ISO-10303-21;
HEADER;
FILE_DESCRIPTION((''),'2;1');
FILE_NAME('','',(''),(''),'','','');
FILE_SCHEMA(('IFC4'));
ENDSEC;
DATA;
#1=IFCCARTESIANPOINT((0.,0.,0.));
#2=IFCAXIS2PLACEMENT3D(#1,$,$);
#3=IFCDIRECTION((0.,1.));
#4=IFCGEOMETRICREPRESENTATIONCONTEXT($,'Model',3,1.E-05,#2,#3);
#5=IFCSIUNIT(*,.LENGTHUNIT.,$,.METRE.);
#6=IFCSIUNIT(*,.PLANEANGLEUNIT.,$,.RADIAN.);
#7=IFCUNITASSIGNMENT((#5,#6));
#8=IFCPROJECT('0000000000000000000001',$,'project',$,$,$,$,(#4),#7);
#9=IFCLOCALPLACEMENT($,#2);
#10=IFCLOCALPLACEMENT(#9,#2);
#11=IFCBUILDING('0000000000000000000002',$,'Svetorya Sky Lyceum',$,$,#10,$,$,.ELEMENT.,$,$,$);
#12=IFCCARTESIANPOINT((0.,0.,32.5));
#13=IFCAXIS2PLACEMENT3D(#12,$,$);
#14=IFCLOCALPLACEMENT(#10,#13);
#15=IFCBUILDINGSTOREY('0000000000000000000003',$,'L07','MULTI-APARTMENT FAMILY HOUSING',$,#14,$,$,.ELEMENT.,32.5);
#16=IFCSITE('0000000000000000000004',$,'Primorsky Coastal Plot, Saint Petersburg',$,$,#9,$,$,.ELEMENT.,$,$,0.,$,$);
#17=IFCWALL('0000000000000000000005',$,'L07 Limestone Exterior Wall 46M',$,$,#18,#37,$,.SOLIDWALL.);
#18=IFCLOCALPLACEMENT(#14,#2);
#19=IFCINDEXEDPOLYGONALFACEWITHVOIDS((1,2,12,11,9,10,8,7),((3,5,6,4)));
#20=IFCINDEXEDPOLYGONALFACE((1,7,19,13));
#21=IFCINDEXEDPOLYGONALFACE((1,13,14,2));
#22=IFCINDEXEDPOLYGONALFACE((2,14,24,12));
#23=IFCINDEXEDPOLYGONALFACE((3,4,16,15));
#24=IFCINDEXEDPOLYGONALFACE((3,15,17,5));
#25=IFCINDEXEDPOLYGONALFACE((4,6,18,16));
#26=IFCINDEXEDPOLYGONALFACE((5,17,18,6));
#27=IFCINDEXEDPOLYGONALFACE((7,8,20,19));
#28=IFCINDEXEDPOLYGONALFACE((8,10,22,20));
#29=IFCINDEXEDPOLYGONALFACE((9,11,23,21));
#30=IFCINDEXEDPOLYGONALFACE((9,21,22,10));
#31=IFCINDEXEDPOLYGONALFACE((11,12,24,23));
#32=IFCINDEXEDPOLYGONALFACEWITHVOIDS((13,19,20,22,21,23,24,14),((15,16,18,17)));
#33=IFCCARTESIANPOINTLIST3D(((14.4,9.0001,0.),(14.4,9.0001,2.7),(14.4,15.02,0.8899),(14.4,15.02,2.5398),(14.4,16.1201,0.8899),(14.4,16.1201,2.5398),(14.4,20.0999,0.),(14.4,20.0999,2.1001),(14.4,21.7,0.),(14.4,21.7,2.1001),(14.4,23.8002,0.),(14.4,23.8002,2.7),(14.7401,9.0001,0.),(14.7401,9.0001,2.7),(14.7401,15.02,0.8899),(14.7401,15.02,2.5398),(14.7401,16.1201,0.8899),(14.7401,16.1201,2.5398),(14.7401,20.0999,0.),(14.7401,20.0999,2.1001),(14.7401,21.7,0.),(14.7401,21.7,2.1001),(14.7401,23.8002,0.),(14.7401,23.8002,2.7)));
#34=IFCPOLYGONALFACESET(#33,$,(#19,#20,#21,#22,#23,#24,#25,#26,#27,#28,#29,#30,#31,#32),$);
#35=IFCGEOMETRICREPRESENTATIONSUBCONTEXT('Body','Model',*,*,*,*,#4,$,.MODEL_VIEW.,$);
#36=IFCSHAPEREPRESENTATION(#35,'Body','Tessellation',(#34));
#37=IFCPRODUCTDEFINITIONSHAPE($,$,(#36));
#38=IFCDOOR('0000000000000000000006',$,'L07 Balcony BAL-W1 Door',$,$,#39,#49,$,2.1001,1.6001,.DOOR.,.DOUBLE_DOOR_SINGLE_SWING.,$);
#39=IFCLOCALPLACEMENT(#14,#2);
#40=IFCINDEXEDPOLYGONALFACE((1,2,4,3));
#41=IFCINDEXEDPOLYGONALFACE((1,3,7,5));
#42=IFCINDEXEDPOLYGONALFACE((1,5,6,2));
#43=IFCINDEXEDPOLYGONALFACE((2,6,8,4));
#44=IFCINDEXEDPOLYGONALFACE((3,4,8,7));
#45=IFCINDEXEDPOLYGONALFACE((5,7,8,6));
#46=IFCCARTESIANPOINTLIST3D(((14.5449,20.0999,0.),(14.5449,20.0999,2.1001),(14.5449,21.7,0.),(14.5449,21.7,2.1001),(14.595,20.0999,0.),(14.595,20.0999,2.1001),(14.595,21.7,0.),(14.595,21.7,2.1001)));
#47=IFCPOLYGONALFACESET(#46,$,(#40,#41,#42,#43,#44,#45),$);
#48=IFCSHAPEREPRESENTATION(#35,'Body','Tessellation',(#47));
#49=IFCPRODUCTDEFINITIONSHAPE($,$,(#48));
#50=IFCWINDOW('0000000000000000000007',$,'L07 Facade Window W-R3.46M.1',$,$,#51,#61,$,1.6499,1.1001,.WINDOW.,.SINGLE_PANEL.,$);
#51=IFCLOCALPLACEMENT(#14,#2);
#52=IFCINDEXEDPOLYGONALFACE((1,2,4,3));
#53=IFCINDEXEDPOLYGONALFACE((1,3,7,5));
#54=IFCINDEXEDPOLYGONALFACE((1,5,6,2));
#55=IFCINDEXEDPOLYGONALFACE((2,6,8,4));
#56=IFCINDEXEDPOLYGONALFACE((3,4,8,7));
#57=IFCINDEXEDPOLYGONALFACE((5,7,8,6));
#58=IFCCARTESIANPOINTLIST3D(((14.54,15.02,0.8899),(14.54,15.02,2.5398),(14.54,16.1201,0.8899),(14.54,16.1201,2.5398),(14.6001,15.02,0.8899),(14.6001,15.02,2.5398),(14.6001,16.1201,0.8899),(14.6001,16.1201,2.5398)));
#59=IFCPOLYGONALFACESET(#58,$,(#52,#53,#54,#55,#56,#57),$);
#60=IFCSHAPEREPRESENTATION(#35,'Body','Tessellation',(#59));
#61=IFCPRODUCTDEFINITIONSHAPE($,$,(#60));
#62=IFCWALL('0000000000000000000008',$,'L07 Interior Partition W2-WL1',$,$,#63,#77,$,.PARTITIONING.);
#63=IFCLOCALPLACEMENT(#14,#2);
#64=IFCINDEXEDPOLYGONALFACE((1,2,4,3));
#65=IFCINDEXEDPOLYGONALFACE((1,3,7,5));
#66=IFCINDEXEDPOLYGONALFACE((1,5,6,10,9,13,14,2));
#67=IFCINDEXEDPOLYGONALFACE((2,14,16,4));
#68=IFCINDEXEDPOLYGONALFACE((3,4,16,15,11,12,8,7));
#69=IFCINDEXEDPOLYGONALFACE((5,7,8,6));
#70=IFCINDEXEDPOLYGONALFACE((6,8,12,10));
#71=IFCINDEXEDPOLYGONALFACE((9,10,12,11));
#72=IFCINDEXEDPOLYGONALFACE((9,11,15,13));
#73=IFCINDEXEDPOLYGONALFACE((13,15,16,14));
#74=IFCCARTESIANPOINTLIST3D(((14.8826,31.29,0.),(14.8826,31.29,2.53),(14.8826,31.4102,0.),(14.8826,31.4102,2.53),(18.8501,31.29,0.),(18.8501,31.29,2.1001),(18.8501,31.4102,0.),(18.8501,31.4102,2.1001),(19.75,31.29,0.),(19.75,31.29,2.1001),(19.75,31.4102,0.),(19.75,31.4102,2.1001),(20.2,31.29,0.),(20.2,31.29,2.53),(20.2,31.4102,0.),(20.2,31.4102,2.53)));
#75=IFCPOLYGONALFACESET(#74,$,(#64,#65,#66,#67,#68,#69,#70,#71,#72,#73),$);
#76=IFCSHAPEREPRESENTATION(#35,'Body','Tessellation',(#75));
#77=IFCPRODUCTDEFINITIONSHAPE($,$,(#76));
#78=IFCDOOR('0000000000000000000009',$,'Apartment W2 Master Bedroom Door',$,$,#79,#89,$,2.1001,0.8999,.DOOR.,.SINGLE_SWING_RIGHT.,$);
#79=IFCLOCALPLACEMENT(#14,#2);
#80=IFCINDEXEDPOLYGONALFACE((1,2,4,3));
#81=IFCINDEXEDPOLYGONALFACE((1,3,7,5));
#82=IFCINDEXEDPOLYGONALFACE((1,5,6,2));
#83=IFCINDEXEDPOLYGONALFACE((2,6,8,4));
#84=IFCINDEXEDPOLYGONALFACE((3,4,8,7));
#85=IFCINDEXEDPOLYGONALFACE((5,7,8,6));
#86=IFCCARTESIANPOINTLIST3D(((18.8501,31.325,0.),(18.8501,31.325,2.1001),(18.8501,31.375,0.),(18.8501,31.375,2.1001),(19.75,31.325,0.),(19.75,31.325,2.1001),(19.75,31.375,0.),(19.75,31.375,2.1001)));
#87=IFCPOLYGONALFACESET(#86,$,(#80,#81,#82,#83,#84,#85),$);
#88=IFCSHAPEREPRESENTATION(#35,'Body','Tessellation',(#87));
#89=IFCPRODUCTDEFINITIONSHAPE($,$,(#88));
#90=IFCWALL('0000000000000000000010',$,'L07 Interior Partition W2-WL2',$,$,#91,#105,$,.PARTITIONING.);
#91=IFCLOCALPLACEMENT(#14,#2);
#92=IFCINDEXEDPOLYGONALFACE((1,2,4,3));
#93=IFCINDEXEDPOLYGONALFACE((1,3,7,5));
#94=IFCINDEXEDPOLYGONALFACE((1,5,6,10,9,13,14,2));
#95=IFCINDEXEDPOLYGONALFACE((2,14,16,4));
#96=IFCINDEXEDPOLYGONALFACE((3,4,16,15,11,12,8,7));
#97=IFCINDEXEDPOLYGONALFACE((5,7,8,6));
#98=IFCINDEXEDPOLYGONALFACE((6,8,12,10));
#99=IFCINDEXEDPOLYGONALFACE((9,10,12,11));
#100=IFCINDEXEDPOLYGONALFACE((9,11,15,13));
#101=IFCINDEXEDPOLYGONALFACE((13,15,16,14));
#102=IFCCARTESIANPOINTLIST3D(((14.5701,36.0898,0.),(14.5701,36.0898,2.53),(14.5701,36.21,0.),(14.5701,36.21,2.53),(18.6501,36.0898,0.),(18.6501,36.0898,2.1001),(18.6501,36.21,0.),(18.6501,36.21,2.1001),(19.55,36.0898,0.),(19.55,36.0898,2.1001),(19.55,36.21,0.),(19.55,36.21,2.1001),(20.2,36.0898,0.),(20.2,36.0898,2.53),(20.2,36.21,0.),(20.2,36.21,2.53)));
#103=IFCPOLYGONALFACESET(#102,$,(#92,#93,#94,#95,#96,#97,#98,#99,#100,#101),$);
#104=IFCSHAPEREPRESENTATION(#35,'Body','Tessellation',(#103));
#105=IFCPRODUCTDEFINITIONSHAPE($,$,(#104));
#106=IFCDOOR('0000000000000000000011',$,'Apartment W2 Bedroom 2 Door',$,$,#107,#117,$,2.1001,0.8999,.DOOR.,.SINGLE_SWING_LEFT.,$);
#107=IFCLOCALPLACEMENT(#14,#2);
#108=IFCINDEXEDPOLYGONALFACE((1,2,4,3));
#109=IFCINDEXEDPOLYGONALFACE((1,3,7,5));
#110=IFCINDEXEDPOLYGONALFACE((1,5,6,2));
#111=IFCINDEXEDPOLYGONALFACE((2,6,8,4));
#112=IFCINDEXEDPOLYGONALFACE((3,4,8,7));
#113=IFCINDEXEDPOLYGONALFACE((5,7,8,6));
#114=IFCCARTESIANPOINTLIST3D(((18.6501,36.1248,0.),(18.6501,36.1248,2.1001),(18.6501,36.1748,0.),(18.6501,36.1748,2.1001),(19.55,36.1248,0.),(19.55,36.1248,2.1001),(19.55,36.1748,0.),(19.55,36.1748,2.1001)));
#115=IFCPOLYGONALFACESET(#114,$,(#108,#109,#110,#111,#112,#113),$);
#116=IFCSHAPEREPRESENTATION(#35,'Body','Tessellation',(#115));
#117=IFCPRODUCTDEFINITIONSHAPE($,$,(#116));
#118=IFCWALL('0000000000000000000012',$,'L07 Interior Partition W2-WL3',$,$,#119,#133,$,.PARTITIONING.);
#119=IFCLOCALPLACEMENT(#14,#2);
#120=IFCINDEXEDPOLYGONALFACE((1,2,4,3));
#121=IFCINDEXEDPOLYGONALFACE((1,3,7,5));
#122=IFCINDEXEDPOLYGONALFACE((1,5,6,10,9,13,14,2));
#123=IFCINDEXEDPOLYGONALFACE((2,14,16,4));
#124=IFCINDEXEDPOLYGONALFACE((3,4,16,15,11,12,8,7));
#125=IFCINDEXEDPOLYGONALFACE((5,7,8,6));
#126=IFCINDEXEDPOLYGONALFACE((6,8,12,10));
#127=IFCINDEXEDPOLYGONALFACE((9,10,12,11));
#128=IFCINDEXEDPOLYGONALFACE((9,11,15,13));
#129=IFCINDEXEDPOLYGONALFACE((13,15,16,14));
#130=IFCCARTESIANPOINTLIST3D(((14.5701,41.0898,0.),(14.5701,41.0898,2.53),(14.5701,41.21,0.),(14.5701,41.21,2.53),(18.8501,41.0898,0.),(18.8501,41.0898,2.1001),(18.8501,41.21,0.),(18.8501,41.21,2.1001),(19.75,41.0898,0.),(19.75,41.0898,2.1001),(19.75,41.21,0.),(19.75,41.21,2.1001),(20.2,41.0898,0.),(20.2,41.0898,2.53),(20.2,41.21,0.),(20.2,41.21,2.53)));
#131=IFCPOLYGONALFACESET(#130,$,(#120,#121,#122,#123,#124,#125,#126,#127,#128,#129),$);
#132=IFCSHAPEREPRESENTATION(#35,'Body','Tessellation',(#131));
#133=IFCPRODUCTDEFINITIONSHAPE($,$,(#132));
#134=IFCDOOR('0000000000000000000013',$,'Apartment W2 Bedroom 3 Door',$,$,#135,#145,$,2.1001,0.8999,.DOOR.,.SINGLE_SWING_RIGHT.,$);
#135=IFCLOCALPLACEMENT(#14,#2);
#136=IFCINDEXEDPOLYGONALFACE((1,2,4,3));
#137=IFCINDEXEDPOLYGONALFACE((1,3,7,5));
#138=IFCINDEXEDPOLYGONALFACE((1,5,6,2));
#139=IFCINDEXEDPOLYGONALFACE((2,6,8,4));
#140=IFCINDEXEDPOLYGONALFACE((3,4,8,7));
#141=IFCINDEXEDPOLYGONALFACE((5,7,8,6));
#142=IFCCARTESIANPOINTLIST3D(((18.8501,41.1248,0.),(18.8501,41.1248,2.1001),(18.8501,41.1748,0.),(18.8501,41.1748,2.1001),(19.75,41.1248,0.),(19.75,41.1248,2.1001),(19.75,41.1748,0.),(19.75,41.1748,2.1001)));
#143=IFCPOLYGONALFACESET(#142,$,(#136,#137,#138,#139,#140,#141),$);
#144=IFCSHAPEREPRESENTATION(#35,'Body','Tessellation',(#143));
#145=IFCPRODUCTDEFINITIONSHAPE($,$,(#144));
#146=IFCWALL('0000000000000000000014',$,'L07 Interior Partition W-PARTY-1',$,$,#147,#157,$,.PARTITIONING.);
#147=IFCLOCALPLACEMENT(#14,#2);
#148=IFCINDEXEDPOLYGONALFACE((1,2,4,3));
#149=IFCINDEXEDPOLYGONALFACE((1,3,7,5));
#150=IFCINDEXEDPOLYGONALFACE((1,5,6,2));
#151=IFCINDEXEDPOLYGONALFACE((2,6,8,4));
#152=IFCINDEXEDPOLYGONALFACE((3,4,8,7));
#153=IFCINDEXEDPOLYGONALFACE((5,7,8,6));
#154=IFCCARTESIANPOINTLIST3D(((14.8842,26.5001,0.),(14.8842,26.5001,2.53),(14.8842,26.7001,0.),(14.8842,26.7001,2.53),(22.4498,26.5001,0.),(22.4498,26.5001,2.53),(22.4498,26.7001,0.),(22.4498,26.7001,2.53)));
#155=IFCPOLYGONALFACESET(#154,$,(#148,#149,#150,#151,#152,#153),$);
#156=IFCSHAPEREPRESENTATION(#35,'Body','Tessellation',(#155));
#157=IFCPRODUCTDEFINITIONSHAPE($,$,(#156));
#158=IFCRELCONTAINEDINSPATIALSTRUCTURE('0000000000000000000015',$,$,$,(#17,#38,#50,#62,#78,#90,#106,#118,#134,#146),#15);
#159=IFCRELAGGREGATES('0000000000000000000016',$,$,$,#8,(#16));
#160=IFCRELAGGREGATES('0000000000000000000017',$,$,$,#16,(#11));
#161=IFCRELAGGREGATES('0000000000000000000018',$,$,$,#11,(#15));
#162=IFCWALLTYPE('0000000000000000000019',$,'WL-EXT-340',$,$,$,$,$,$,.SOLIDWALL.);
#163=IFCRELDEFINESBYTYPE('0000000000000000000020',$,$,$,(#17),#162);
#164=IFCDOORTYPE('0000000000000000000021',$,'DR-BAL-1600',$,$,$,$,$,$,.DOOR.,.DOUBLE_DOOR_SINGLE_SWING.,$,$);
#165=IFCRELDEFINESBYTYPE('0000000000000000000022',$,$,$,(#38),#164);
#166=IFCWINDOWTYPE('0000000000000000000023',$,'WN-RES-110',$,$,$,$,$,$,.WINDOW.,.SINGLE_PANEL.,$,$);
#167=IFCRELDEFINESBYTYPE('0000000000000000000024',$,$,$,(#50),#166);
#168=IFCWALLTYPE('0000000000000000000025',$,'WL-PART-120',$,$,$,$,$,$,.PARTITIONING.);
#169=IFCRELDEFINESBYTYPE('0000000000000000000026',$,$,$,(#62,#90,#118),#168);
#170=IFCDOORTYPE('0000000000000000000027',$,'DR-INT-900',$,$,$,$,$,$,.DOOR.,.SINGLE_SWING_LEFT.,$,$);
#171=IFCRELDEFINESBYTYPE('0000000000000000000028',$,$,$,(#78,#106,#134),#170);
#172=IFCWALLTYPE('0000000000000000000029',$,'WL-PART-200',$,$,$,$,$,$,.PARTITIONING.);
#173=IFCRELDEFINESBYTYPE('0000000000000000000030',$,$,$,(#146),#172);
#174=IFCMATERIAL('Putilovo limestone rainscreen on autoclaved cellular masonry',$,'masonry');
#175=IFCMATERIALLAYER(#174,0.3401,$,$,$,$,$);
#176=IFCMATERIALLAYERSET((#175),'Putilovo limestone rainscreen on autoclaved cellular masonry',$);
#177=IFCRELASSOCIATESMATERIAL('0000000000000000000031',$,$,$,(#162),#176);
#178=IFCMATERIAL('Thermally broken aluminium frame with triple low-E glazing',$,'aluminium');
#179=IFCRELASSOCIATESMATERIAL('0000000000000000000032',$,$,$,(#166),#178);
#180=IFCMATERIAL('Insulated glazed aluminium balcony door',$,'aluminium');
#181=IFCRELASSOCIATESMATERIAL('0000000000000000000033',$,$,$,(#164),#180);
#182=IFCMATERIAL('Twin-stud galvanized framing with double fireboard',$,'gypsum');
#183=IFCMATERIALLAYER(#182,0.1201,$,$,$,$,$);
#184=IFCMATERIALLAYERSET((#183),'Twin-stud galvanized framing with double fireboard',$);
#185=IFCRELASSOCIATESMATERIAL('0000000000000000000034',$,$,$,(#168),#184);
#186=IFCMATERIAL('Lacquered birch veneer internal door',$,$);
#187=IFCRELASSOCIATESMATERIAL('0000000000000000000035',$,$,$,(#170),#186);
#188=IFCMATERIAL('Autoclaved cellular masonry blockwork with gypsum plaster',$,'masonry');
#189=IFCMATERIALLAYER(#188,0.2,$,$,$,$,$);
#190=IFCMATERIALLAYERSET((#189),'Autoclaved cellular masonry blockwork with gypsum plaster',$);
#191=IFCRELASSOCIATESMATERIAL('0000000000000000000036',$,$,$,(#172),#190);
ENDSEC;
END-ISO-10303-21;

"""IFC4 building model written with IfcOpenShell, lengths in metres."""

from ifc_helpers import new_model, si_unit, direction, frame, frame_2d, origin, place, context, subcontext, project, spatial, rectangle, extrude, material, layer, layer_set, type_object, element, fill, save


model = new_model("IFC4")

# Units and contexts
model_context = context("Model", 3, precision=1e-05, world=origin(), true_north=direction((0.0, 1.0)))
body_context = subcontext(model_context, "Body", "Model", "MODEL_VIEW")
ifc_project = project(units=[si_unit("LENGTHUNIT", "METRE"), si_unit("PLANEANGLEUNIT", "RADIAN")], contexts=[model_context])

# Site, building, storey
site_placement = place(None, origin())
site = spatial("IfcSite", under=ifc_project, at=site_placement, Name="Primorsky Coastal Plot, Saint Petersburg", CompositionType="ELEMENT", RefElevation=0.0)
building_placement = place(site_placement, origin())
building = spatial("IfcBuilding", under=site, at=building_placement, Name="Svetorya Sky Lyceum", CompositionType="ELEMENT")
storey_placement = place(building_placement, frame((0.0, 0.0, 32.5)))
storey = spatial("IfcBuildingStorey", under=building, at=storey_placement, Name="L07", Description="MULTI-APARTMENT FAMILY HOUSING", CompositionType="ELEMENT", Elevation=32.5)

# Shared definitions
ifc_material_1 = material(Name="Putilovo limestone rainscreen on autoclaved cellular masonry", Category="masonry")
ifc_layer_1 = layer(ifc_material_1, 0.3401)
ifc_layer_set_1 = layer_set([ifc_layer_1], Name="Putilovo limestone rainscreen on autoclaved cellular masonry")
wall_type_1 = type_object("IfcWallType", Name="WL-EXT-340", PredefinedType="SOLIDWALL", material=ifc_layer_set_1)

# Shared definitions
ifc_material_2 = material(Name="Thermally broken aluminium frame with triple low-E glazing", Category="aluminium")
window_type = type_object("IfcWindowType", Name="WN-RES-110", PartitioningType="SINGLE_PANEL", PredefinedType="WINDOW", material=ifc_material_2)

# Wall, openings, door, window
wall_1_placement = place(storey_placement, frame((14.5701, 23.8, 0.0), z_axis=(0.0, 0.0, 1.0), x_axis=(0.0, -1.0, 0.0)))
wall_1 = element("IfcWall", 1, at=wall_1_placement, inside=storey, type_object=wall_type_1, Name="L07 Limestone Exterior Wall 46M", PredefinedType="SOLIDWALL", context=body_context, shape_type="SweptSolid", body=[
    extrude(rectangle(XDim=14.8, YDim=0.3401, at=frame_2d((7.3999, 0.0))), origin(), (0.0, 0.0, 1.0), 2.7),
])
opening_1_placement = place(wall_1_placement, frame((2.1001, 0.0, 0.0)))
opening_1 = element("IfcOpeningElement", 2, at=opening_1_placement, cuts=wall_1, PredefinedType="OPENING", context=body_context, shape_type="SweptSolid", body=[
    extrude(rectangle(XDim=1.6001, YDim=2.1001, at=frame_2d((0.8, 1.05))), frame((0.0, 0.1799, 0.0), z_axis=(0.0, -1.0, 0.0), x_axis=(1.0, 0.0, 0.0)), (0.0, 0.0, 1.0), 0.3601),
])
opening_2_placement = place(wall_1_placement, frame((7.6799, 0.0, 0.8899)))
opening_2 = element("IfcOpeningElement", 3, at=opening_2_placement, cuts=wall_1, PredefinedType="OPENING", context=body_context, shape_type="SweptSolid", body=[
    extrude(rectangle(XDim=1.1001, YDim=1.6499, at=frame_2d((0.55, 0.825))), frame((0.0, 0.1799, 0.0), z_axis=(0.0, -1.0, 0.0), x_axis=(1.0, 0.0, 0.0)), (0.0, 0.0, 1.0), 0.3601),
])
ifc_material_3 = material(Name="Insulated glazed aluminium balcony door", Category="aluminium")
door_type_1 = type_object("IfcDoorType", Name="DR-BAL-1600", OperationType="DOUBLE_DOOR_SINGLE_SWING", PredefinedType="DOOR", material=ifc_material_3)
door_1_placement = place(opening_1_placement, origin())
door_1 = element("IfcDoor", 4, at=door_1_placement, inside=storey, type_object=door_type_1, Name="L07 Balcony BAL-W1 Door", OperationType="DOUBLE_DOOR_SINGLE_SWING", OverallHeight=2.1001, OverallWidth=1.6001, PredefinedType="DOOR", context=body_context, shape_type="SweptSolid", body=[
    extrude(rectangle(XDim=1.6001, YDim=2.1001, at=frame_2d((0.8, 1.05))), frame((0.0, 0.0249, 0.0), z_axis=(0.0, -1.0, 0.0), x_axis=(1.0, 0.0, 0.0)), (0.0, 0.0, 1.0), 0.05),
])
fill(opening_1, door_1)
window_1_placement = place(opening_2_placement, origin())
window_1 = element("IfcWindow", 5, at=window_1_placement, inside=storey, type_object=window_type, Name="L07 Facade Window W-R3.46M.1", OverallHeight=1.6499, OverallWidth=1.1001, PartitioningType="SINGLE_PANEL", PredefinedType="WINDOW", context=body_context, shape_type="SweptSolid", body=[
    extrude(rectangle(XDim=1.1001, YDim=1.6499, at=frame_2d((0.55, 0.825))), frame((0.0, 0.03, 0.0), z_axis=(0.0, -1.0, 0.0), x_axis=(1.0, 0.0, 0.0)), (0.0, 0.0, 1.0), 0.0601),
])
fill(opening_2, window_1)

# Walls, openings, doors
ifc_material_4 = material(Name="Twin-stud galvanized framing with double fireboard", Category="gypsum")
ifc_layer_2 = layer(ifc_material_4, 0.1201)
ifc_layer_set_2 = layer_set([ifc_layer_2], Name="Twin-stud galvanized framing with double fireboard")
wall_type_2 = type_object("IfcWallType", Name="WL-PART-120", PredefinedType="PARTITIONING", material=ifc_layer_set_2)
wall_2_placement = place(storey_placement, frame((14.8826, 31.3501, 0.0), z_axis=(0.0, 0.0, 1.0), x_axis=(1.0, 0.0, 0.0)))
wall_2 = element("IfcWall", 6, at=wall_2_placement, inside=storey, type_object=wall_type_2, Name="L07 Interior Partition W2-WL1", PredefinedType="PARTITIONING", context=body_context, shape_type="SweptSolid", body=[
    extrude(rectangle(XDim=5.3174, YDim=0.1201, at=frame_2d((2.6587, 0.0))), origin(), (0.0, 0.0, 1.0), 2.53),
])
opening_3_placement = place(wall_2_placement, frame((3.9675, 0.0, 0.0)))
opening_3 = element("IfcOpeningElement", 7, at=opening_3_placement, cuts=wall_2, PredefinedType="OPENING", context=body_context, shape_type="SweptSolid", body=[
    extrude(rectangle(XDim=0.8999, YDim=2.1001, at=frame_2d((0.45, 1.05))), frame((0.0, 0.0701, 0.0), z_axis=(0.0, -1.0, 0.0), x_axis=(1.0, 0.0, 0.0)), (0.0, 0.0, 1.0), 0.1401),
])
ifc_material_5 = material(Name="Lacquered birch veneer internal door")
door_type_2 = type_object("IfcDoorType", Name="DR-INT-900", OperationType="SINGLE_SWING_LEFT", PredefinedType="DOOR", material=ifc_material_5)
door_2_placement = place(opening_3_placement, origin())
door_2 = element("IfcDoor", 8, at=door_2_placement, inside=storey, type_object=door_type_2, Name="Apartment W2 Master Bedroom Door", OperationType="SINGLE_SWING_RIGHT", OverallHeight=2.1001, OverallWidth=0.8999, PredefinedType="DOOR", context=body_context, shape_type="SweptSolid", body=[
    extrude(rectangle(XDim=0.8999, YDim=2.1001, at=frame_2d((0.45, 1.05))), frame((0.0, 0.0249, 0.0), z_axis=(0.0, -1.0, 0.0), x_axis=(1.0, 0.0, 0.0)), (0.0, 0.0, 1.0), 0.05),
])
fill(opening_3, door_2)
wall_3_placement = place(storey_placement, frame((14.5701, 36.1499, 0.0), z_axis=(0.0, 0.0, 1.0), x_axis=(1.0, 0.0, 0.0)))
wall_3 = element("IfcWall", 9, at=wall_3_placement, inside=storey, type_object=wall_type_2, Name="L07 Interior Partition W2-WL2", PredefinedType="PARTITIONING", context=body_context, shape_type="SweptSolid", body=[
    extrude(rectangle(XDim=5.6299, YDim=0.1201, at=frame_2d((2.8149, 0.0))), origin(), (0.0, 0.0, 1.0), 2.53),
])
opening_4_placement = place(wall_3_placement, frame((4.0801, 0.0, 0.0)))
opening_4 = element("IfcOpeningElement", 10, at=opening_4_placement, cuts=wall_3, PredefinedType="OPENING", context=body_context, shape_type="SweptSolid", body=[
    extrude(rectangle(XDim=0.8999, YDim=2.1001, at=frame_2d((0.45, 1.05))), frame((0.0, 0.0701, 0.0), z_axis=(0.0, -1.0, 0.0), x_axis=(1.0, 0.0, 0.0)), (0.0, 0.0, 1.0), 0.1401),
])
door_3_placement = place(opening_4_placement, origin())
door_3 = element("IfcDoor", 11, at=door_3_placement, inside=storey, type_object=door_type_2, Name="Apartment W2 Bedroom 2 Door", OperationType="SINGLE_SWING_LEFT", OverallHeight=2.1001, OverallWidth=0.8999, PredefinedType="DOOR", context=body_context, shape_type="SweptSolid", body=[
    extrude(rectangle(XDim=0.8999, YDim=2.1001, at=frame_2d((0.45, 1.05))), frame((0.0, 0.0249, 0.0), z_axis=(0.0, -1.0, 0.0), x_axis=(1.0, 0.0, 0.0)), (0.0, 0.0, 1.0), 0.05),
])
fill(opening_4, door_3)
wall_4_placement = place(storey_placement, frame((14.5701, 41.1499, 0.0), z_axis=(0.0, 0.0, 1.0), x_axis=(1.0, 0.0, 0.0)))
wall_4 = element("IfcWall", 12, at=wall_4_placement, inside=storey, type_object=wall_type_2, Name="L07 Interior Partition W2-WL3", PredefinedType="PARTITIONING", context=body_context, shape_type="SweptSolid", body=[
    extrude(rectangle(XDim=5.6299, YDim=0.1201, at=frame_2d((2.8149, 0.0))), origin(), (0.0, 0.0, 1.0), 2.53),
])
opening_5_placement = place(wall_4_placement, frame((4.28, 0.0, 0.0)))
opening_5 = element("IfcOpeningElement", 13, at=opening_5_placement, cuts=wall_4, PredefinedType="OPENING", context=body_context, shape_type="SweptSolid", body=[
    extrude(rectangle(XDim=0.8999, YDim=2.1001, at=frame_2d((0.45, 1.05))), frame((0.0, 0.0701, 0.0), z_axis=(0.0, -1.0, 0.0), x_axis=(1.0, 0.0, 0.0)), (0.0, 0.0, 1.0), 0.1401),
])
door_4_placement = place(opening_5_placement, origin())
door_4 = element("IfcDoor", 14, at=door_4_placement, inside=storey, type_object=door_type_2, Name="Apartment W2 Bedroom 3 Door", OperationType="SINGLE_SWING_RIGHT", OverallHeight=2.1001, OverallWidth=0.8999, PredefinedType="DOOR", context=body_context, shape_type="SweptSolid", body=[
    extrude(rectangle(XDim=0.8999, YDim=2.1001, at=frame_2d((0.45, 1.05))), frame((0.0, 0.0249, 0.0), z_axis=(0.0, -1.0, 0.0), x_axis=(1.0, 0.0, 0.0)), (0.0, 0.0, 1.0), 0.05),
])
fill(opening_5, door_4)

# Wall
ifc_material_6 = material(Name="Autoclaved cellular masonry blockwork with gypsum plaster", Category="masonry")
ifc_layer_3 = layer(ifc_material_6, 0.2)
ifc_layer_set_3 = layer_set([ifc_layer_3], Name="Autoclaved cellular masonry blockwork with gypsum plaster")
wall_type_3 = type_object("IfcWallType", Name="WL-PART-200", PredefinedType="PARTITIONING", material=ifc_layer_set_3)
wall_5_placement = place(storey_placement, frame((14.8843, 26.6001, 0.0), z_axis=(0.0, 0.0, 1.0), x_axis=(1.0, 0.0, 0.0)))
element("IfcWall", 15, at=wall_5_placement, inside=storey, type_object=wall_type_3, Name="L07 Interior Partition W-PARTY-1", PredefinedType="PARTITIONING", context=body_context, shape_type="SweptSolid", body=[
    extrude(rectangle(XDim=7.5657, YDim=0.2, at=frame_2d((3.7827, 0.0))), origin(), (0.0, 0.0, 1.0), 2.53),
])

save(model, "model.ifc")
